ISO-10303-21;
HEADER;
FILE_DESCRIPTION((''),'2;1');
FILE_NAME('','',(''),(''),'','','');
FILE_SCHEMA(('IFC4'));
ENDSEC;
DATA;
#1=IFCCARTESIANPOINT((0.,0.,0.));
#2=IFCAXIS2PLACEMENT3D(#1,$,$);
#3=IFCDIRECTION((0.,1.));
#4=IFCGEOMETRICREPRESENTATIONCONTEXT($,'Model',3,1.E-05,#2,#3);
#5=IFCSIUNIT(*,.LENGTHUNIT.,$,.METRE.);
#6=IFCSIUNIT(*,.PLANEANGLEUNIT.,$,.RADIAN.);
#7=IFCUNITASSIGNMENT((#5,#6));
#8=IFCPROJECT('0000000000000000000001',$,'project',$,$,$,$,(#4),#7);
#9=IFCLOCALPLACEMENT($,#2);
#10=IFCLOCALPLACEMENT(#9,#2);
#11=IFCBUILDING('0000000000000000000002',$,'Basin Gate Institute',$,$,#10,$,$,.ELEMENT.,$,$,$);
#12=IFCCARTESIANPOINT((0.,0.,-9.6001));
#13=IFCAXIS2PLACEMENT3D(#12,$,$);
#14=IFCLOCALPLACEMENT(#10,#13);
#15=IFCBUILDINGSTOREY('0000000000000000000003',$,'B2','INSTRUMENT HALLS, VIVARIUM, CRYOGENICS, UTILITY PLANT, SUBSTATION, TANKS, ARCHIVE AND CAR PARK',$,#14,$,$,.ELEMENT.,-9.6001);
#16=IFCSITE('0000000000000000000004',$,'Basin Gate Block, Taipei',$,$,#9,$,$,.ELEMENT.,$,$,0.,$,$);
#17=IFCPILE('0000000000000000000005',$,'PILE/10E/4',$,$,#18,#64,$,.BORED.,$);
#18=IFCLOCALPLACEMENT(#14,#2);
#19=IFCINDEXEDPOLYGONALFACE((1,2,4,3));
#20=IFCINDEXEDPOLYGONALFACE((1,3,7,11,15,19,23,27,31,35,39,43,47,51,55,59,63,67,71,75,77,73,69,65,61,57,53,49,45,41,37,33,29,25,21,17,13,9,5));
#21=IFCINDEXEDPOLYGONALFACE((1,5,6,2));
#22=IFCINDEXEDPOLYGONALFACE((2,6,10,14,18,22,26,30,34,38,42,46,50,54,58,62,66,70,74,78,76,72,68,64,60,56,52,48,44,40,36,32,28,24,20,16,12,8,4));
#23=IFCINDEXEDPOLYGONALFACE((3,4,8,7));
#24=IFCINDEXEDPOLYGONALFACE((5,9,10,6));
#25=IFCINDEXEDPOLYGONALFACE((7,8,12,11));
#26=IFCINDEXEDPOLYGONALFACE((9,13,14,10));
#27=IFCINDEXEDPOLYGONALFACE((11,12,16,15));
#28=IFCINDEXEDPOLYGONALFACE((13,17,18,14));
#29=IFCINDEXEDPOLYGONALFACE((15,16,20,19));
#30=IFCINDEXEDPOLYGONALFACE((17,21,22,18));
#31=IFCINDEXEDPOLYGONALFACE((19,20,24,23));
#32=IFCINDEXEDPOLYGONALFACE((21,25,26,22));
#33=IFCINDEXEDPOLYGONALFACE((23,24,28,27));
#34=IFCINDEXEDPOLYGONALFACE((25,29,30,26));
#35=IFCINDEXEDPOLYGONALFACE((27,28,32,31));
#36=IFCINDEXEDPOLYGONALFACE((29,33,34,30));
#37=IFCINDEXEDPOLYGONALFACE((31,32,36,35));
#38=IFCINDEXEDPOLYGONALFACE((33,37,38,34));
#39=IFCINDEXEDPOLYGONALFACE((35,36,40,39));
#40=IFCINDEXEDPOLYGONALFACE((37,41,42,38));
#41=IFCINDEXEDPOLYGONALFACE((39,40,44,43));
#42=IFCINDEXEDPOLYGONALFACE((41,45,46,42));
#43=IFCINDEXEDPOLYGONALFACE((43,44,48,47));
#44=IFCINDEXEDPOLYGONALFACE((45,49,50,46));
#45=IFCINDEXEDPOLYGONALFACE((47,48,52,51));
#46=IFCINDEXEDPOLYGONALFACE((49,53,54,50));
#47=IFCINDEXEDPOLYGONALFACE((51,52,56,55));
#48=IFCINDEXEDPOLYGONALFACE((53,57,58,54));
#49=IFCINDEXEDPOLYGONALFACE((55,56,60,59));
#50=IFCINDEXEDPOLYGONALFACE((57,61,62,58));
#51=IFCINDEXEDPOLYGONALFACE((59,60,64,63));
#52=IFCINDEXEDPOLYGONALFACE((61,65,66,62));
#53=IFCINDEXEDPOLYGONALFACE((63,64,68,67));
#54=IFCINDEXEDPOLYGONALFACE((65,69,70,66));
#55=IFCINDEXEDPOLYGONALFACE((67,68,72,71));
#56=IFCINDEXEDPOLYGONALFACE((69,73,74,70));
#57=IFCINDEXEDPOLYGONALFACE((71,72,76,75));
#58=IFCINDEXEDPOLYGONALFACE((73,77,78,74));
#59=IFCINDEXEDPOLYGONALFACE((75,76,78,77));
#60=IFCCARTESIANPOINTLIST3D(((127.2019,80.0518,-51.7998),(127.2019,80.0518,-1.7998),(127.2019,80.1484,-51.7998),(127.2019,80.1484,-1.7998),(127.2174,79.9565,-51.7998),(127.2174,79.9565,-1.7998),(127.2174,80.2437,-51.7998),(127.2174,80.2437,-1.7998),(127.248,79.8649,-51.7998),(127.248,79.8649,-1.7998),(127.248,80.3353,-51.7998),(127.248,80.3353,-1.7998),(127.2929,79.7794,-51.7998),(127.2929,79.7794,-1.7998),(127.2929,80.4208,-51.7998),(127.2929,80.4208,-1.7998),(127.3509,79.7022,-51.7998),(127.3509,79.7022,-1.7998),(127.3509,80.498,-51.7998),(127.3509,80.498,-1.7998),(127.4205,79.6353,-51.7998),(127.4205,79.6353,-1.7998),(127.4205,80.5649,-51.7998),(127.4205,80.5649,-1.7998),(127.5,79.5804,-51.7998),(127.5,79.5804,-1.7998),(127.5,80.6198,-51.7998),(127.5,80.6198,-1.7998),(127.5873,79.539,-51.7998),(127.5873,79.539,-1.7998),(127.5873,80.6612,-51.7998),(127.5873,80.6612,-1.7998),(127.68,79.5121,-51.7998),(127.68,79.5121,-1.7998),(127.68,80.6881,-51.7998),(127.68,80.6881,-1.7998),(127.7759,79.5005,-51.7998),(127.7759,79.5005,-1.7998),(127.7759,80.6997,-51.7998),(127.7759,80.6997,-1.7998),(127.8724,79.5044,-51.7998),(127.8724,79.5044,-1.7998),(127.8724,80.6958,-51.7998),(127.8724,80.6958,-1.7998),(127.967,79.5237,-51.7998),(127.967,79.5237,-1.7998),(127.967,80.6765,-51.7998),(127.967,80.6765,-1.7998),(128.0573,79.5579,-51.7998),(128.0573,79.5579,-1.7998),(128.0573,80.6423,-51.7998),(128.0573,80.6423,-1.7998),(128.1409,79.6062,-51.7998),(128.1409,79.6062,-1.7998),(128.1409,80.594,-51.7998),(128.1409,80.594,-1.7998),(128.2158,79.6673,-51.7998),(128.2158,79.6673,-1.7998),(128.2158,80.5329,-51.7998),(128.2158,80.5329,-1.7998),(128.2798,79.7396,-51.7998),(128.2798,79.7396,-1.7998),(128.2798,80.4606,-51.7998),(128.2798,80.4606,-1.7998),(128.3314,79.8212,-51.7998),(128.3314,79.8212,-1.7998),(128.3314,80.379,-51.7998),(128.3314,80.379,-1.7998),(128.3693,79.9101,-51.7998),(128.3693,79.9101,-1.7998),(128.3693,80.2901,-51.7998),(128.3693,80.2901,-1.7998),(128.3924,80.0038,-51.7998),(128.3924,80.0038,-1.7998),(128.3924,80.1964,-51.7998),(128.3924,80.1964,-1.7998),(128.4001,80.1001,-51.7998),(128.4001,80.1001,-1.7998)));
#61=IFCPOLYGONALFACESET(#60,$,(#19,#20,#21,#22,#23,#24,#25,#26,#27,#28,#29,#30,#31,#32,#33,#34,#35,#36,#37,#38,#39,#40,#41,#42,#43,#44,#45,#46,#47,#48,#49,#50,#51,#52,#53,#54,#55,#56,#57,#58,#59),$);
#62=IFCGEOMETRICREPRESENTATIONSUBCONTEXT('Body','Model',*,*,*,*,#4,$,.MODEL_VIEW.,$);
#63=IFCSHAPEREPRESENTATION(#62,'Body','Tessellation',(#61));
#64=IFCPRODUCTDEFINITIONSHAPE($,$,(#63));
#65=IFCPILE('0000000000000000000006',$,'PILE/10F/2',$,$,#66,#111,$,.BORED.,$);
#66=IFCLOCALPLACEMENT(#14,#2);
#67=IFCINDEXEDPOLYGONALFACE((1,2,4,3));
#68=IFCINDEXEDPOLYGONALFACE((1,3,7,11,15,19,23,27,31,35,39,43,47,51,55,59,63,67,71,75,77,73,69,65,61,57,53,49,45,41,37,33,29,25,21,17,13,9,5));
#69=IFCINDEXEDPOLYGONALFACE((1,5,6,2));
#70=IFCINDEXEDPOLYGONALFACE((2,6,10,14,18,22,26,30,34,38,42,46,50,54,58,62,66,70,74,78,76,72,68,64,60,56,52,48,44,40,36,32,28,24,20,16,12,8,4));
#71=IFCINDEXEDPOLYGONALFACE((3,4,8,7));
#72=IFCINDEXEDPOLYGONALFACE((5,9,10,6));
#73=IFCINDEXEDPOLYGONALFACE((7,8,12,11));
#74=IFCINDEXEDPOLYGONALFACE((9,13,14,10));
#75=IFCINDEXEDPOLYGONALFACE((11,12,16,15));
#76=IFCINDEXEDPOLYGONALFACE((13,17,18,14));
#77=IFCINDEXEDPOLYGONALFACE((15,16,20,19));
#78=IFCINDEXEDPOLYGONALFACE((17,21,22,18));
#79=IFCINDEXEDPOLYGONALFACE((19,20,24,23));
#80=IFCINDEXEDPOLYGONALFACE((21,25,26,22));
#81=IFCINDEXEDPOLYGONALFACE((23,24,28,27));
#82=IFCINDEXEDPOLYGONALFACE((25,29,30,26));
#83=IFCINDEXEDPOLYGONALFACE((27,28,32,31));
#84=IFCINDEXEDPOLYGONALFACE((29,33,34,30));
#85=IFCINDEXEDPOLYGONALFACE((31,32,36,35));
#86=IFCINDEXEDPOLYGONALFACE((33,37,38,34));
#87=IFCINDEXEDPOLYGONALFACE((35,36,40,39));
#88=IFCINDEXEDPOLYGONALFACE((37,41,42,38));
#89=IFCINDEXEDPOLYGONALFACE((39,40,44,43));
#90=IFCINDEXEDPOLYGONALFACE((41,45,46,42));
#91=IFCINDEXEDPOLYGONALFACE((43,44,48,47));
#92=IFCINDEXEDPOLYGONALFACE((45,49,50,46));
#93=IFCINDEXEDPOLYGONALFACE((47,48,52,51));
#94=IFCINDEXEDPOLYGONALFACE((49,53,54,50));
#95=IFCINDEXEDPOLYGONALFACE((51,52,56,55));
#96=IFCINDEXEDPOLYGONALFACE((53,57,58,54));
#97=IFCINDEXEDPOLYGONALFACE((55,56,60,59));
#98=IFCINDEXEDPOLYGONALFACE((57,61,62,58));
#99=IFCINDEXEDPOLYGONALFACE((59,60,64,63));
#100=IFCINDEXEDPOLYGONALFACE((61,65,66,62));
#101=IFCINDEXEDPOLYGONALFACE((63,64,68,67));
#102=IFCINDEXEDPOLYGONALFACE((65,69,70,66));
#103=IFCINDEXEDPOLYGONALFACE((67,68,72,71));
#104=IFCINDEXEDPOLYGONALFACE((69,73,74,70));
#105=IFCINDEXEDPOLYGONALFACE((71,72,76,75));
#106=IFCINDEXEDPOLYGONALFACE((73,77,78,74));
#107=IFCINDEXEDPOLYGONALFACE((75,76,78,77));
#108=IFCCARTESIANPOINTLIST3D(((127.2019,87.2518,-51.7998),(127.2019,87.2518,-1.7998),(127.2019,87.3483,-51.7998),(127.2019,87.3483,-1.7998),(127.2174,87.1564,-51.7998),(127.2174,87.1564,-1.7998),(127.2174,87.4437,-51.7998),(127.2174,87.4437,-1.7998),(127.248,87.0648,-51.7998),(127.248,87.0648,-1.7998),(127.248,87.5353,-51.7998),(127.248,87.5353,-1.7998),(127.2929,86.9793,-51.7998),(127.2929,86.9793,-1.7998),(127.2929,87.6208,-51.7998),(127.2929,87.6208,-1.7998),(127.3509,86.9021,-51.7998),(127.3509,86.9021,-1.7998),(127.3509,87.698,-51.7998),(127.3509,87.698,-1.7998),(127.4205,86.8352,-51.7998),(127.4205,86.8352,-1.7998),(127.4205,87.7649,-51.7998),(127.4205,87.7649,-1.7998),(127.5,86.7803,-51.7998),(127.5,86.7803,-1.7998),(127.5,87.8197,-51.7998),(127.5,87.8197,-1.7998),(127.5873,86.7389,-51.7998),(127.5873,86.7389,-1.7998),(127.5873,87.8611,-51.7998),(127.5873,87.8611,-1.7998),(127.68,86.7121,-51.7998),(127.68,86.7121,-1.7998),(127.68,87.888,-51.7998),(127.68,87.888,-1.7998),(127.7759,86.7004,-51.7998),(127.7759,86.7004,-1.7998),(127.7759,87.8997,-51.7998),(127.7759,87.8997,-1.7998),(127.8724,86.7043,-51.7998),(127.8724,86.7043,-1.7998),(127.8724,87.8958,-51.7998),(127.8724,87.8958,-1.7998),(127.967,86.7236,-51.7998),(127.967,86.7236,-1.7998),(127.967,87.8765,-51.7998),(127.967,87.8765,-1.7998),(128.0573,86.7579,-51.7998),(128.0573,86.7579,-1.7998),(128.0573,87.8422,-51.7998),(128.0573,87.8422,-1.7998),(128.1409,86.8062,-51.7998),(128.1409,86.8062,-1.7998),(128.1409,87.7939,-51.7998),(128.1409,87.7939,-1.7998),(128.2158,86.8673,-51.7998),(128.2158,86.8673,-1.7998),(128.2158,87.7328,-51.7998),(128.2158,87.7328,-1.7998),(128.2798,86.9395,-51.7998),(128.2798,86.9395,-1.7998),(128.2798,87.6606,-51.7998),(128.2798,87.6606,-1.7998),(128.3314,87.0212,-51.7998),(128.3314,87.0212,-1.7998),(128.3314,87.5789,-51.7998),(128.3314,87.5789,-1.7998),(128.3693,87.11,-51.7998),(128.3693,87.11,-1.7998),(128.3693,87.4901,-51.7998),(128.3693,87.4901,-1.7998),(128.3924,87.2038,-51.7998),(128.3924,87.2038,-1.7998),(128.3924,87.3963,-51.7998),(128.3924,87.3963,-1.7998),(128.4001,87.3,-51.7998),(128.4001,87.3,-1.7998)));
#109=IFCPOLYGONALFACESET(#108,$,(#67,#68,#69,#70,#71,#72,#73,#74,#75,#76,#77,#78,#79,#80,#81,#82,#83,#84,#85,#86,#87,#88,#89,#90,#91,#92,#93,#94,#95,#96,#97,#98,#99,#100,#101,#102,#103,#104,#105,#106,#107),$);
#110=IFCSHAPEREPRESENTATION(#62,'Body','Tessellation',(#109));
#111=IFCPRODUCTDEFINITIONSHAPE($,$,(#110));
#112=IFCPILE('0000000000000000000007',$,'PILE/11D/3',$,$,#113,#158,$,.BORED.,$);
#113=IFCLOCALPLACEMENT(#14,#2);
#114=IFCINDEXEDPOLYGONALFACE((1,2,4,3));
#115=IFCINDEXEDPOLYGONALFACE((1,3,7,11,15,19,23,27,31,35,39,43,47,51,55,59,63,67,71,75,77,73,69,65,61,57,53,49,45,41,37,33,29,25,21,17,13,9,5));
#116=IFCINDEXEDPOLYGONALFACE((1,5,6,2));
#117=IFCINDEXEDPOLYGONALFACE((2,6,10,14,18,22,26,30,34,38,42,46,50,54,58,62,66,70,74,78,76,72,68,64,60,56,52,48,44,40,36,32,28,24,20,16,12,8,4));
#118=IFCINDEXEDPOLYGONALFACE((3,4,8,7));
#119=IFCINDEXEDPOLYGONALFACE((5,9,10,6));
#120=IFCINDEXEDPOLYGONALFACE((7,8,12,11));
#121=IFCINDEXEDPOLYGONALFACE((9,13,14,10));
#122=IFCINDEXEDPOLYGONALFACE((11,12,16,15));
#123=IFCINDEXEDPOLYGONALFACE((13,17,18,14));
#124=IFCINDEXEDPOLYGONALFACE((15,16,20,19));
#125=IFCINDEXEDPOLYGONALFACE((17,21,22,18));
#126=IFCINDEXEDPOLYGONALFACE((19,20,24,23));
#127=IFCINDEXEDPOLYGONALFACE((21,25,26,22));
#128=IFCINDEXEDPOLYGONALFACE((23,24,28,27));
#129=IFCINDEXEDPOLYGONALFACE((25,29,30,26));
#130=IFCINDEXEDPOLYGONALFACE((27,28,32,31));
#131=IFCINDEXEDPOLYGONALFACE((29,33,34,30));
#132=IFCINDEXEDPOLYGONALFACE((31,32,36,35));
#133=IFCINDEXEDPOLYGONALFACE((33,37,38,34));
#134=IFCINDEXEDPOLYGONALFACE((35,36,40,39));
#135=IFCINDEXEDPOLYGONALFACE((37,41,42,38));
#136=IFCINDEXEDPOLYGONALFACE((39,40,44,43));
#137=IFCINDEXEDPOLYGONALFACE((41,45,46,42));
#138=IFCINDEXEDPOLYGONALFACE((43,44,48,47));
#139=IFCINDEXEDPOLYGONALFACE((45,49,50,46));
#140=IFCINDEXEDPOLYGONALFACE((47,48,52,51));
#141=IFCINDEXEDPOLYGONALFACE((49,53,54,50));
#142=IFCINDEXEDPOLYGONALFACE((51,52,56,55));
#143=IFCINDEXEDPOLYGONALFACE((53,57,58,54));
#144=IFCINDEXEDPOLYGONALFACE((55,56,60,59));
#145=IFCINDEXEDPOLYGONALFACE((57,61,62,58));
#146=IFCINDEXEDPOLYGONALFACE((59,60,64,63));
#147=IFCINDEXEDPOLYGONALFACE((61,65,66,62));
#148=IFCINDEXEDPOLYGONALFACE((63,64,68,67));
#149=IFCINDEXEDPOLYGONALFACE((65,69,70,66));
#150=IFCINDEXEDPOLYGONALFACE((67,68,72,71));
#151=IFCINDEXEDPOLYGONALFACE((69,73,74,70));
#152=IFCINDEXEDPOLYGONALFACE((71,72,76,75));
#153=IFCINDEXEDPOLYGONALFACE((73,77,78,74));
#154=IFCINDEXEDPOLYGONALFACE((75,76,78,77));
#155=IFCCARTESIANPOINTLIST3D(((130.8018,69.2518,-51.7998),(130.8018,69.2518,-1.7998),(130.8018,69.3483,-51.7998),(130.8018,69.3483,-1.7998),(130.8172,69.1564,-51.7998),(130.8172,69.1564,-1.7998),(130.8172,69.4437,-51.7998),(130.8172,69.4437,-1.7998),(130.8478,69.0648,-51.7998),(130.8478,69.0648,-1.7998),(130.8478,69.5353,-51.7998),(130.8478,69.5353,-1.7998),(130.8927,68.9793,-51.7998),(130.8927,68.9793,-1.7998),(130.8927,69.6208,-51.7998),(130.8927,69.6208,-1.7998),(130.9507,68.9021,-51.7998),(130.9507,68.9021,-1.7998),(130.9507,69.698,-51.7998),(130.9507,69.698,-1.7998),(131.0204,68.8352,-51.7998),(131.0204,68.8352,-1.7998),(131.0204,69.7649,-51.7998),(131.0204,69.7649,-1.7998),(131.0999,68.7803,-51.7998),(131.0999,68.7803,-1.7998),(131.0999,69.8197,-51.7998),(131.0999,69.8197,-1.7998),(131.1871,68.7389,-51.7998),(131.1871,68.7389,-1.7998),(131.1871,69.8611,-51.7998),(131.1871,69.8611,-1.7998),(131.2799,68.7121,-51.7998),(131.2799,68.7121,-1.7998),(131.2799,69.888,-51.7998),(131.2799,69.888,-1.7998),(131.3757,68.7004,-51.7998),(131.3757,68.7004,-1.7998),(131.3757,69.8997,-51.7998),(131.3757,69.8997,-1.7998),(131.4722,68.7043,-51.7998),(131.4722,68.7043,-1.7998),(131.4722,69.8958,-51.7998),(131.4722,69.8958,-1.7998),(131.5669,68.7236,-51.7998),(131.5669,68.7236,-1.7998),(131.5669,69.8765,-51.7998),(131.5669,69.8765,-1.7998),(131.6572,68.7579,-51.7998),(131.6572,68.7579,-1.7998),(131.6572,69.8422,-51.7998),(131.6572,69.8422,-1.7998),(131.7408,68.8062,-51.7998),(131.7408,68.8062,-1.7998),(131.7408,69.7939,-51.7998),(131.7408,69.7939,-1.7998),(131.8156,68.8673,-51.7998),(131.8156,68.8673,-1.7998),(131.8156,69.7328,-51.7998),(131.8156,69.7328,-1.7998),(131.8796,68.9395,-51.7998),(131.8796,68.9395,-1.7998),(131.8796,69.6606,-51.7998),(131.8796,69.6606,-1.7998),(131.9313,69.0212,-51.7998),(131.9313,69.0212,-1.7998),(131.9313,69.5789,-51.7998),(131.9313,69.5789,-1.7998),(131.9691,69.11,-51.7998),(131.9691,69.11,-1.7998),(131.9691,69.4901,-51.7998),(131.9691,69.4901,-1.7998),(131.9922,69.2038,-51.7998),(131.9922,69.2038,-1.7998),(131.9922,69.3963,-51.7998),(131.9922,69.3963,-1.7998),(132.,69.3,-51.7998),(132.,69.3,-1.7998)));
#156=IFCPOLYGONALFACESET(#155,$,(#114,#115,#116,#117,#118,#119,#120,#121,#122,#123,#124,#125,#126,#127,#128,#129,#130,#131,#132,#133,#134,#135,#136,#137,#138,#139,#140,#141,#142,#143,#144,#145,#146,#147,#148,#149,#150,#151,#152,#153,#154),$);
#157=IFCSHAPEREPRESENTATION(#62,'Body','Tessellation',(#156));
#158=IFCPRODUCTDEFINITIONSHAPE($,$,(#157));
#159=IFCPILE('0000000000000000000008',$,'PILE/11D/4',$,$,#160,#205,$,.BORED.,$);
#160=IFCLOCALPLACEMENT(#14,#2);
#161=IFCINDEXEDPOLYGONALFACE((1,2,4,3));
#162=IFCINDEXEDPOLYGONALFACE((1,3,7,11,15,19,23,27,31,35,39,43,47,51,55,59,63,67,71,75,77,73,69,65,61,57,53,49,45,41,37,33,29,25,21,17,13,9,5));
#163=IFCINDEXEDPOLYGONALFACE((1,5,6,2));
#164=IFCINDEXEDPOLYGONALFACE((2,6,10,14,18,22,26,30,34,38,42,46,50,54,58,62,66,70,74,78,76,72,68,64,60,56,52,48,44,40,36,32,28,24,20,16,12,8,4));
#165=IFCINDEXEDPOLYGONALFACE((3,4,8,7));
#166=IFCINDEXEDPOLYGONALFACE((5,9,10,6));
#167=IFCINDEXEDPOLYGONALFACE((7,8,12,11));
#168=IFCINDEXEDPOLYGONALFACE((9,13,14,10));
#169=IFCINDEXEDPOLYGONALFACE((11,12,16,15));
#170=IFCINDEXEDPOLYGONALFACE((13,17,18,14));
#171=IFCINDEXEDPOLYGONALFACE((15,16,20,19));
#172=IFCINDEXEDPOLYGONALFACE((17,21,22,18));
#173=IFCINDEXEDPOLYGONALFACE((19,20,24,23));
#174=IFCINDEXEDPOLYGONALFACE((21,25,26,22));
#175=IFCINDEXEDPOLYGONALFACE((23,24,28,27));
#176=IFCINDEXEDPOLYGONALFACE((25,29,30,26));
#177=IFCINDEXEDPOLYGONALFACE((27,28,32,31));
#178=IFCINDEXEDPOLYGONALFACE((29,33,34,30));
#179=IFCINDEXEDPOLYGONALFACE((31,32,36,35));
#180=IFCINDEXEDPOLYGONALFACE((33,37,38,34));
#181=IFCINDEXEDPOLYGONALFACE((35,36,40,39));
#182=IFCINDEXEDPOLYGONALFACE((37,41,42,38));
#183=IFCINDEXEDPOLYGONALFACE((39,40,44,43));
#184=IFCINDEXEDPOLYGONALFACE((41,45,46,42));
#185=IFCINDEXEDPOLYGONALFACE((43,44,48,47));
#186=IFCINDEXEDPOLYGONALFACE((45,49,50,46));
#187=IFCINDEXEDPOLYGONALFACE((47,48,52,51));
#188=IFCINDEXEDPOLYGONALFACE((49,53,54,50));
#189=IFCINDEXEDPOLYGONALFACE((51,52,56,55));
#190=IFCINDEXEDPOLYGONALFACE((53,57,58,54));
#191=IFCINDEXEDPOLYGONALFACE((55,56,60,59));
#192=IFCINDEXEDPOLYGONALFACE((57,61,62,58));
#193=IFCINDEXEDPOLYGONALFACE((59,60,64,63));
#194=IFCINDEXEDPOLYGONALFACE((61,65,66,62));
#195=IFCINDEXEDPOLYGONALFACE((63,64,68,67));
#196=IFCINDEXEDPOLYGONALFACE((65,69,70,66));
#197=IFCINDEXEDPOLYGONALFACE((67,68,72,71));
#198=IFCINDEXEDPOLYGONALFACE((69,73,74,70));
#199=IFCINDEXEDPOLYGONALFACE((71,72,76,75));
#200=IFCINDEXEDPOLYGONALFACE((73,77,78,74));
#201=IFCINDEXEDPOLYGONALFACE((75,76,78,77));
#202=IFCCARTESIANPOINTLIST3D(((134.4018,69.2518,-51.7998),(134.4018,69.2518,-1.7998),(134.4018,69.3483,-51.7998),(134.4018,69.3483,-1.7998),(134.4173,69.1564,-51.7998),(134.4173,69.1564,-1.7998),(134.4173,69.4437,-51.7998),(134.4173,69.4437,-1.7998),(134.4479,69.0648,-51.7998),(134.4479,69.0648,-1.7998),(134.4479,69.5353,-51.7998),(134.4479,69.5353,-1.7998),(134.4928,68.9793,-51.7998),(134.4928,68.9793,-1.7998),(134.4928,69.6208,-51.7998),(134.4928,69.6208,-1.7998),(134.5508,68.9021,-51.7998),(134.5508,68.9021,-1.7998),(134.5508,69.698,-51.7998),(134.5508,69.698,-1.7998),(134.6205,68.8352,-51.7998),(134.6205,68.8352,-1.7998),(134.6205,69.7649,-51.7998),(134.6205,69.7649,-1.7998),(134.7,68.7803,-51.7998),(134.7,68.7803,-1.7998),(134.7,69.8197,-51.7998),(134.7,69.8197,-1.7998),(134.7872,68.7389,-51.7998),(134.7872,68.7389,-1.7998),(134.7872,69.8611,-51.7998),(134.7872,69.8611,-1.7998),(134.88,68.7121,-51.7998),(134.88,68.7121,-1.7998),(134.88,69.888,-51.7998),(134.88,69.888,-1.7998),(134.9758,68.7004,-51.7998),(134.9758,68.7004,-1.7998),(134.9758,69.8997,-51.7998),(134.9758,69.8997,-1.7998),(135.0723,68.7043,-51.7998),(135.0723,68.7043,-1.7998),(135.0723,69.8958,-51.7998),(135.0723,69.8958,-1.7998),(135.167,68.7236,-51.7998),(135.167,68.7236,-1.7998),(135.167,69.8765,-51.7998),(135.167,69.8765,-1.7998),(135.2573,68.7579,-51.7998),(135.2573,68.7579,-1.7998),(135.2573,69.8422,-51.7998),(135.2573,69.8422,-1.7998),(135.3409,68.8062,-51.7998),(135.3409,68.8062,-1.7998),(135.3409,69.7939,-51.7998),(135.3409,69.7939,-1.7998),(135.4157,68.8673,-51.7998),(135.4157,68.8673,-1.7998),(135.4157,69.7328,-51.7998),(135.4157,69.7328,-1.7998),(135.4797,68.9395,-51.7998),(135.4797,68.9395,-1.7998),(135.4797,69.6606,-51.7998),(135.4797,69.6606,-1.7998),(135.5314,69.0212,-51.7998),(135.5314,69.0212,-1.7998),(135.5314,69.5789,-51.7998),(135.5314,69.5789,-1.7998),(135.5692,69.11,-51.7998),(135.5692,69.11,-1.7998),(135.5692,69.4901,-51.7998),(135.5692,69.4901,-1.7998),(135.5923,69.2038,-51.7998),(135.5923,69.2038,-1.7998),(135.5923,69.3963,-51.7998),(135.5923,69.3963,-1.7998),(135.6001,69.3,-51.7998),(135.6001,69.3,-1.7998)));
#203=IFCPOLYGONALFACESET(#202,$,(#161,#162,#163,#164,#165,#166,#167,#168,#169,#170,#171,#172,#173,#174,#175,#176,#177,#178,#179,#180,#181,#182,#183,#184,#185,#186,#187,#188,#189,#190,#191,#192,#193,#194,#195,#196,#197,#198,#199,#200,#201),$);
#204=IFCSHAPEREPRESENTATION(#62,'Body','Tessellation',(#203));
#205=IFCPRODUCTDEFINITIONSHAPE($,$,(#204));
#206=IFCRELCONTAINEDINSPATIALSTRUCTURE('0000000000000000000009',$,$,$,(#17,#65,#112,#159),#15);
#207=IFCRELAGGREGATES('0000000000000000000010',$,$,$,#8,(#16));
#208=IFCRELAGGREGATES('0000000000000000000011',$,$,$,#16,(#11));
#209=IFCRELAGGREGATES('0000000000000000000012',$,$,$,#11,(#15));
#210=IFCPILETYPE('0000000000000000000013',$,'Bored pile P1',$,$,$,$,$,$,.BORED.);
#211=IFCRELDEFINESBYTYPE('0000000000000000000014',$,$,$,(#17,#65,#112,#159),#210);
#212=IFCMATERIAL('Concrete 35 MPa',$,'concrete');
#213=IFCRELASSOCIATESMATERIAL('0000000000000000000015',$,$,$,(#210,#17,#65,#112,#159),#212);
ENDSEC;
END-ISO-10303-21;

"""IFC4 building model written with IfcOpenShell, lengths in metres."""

from ifc_helpers import new_model, si_unit, direction, frame, origin, origin_2d, place, context, subcontext, project, spatial, circle, extrude, material, material_profile, profile_set, type_object, element, save


model = new_model("IFC4")

# Units and contexts
model_context = context("Model", 3, precision=1e-05, world=origin(), true_north=direction((0.0, 1.0)))
body_context = subcontext(model_context, "Body", "Model", "MODEL_VIEW")
ifc_project = project(units=[si_unit("LENGTHUNIT", "METRE"), si_unit("PLANEANGLEUNIT", "RADIAN")], contexts=[model_context])

# Site, building, storey
site_placement = place(None, origin())
site = spatial("IfcSite", under=ifc_project, at=site_placement, Name="Basin Gate Block, Taipei", CompositionType="ELEMENT", RefElevation=0.0)
building_placement = place(site_placement, origin())
building = spatial("IfcBuilding", under=site, at=building_placement, Name="Basin Gate Institute", CompositionType="ELEMENT")
storey_placement = place(building_placement, frame((0.0, 0.0, -9.6001)))
storey = spatial("IfcBuildingStorey", under=building, at=storey_placement, Name="B2", Description="INSTRUMENT HALLS, VIVARIUM, CRYOGENICS, UTILITY PLANT, SUBSTATION, TANKS, ARCHIVE AND CAR PARK", CompositionType="ELEMENT", Elevation=-9.6001)

# Piles
ifc_material_1 = material(Name="Concrete 35 MPa", Category="concrete")
ifc_material_profile_1 = material_profile(ifc_material_1, circle(Radius=0.6001, at=origin_2d()), Name="Bored pile P1 1200 dia")
ifc_profile_set_1 = profile_set([ifc_material_profile_1], Name="Concrete 35 MPa")
pile_type = type_object("IfcPileType", Name="Bored pile P1", PredefinedType="BORED", material=ifc_profile_set_1)
for number, where, z_axis, x_axis, name in (
    (1, (127.8, 80.1001, -1.7998), (0.0, 0.0, -1.0), (1.0, 0.0, 0.0), "PILE/10E/4"),
    (2, (127.8, 87.3, -1.7998), (0.0, 0.0, -1.0), (1.0, 0.0, 0.0), "PILE/10F/2"),
    (3, (131.3999, 69.3, -1.7998), (0.0, 0.0, -1.0), (1.0, 0.0, 0.0), "PILE/11D/3"),
    (4, (135.0, 69.3, -1.7998), (0.0, 0.0, -1.0), (1.0, 0.0, 0.0), "PILE/11D/4"),
):
    element("IfcPile", number, at=place(storey_placement, frame(where, z_axis=z_axis, x_axis=x_axis)), inside=storey, type_object=pile_type, material=ifc_profile_set_1, Name=name, PredefinedType="BORED", context=body_context, shape_type="SweptSolid", body=[
        extrude(circle(Radius=0.6001, at=origin_2d()), origin(), (0.0, 0.0, 1.0), 50.0),
    ])

save(model, "model.ifc")
